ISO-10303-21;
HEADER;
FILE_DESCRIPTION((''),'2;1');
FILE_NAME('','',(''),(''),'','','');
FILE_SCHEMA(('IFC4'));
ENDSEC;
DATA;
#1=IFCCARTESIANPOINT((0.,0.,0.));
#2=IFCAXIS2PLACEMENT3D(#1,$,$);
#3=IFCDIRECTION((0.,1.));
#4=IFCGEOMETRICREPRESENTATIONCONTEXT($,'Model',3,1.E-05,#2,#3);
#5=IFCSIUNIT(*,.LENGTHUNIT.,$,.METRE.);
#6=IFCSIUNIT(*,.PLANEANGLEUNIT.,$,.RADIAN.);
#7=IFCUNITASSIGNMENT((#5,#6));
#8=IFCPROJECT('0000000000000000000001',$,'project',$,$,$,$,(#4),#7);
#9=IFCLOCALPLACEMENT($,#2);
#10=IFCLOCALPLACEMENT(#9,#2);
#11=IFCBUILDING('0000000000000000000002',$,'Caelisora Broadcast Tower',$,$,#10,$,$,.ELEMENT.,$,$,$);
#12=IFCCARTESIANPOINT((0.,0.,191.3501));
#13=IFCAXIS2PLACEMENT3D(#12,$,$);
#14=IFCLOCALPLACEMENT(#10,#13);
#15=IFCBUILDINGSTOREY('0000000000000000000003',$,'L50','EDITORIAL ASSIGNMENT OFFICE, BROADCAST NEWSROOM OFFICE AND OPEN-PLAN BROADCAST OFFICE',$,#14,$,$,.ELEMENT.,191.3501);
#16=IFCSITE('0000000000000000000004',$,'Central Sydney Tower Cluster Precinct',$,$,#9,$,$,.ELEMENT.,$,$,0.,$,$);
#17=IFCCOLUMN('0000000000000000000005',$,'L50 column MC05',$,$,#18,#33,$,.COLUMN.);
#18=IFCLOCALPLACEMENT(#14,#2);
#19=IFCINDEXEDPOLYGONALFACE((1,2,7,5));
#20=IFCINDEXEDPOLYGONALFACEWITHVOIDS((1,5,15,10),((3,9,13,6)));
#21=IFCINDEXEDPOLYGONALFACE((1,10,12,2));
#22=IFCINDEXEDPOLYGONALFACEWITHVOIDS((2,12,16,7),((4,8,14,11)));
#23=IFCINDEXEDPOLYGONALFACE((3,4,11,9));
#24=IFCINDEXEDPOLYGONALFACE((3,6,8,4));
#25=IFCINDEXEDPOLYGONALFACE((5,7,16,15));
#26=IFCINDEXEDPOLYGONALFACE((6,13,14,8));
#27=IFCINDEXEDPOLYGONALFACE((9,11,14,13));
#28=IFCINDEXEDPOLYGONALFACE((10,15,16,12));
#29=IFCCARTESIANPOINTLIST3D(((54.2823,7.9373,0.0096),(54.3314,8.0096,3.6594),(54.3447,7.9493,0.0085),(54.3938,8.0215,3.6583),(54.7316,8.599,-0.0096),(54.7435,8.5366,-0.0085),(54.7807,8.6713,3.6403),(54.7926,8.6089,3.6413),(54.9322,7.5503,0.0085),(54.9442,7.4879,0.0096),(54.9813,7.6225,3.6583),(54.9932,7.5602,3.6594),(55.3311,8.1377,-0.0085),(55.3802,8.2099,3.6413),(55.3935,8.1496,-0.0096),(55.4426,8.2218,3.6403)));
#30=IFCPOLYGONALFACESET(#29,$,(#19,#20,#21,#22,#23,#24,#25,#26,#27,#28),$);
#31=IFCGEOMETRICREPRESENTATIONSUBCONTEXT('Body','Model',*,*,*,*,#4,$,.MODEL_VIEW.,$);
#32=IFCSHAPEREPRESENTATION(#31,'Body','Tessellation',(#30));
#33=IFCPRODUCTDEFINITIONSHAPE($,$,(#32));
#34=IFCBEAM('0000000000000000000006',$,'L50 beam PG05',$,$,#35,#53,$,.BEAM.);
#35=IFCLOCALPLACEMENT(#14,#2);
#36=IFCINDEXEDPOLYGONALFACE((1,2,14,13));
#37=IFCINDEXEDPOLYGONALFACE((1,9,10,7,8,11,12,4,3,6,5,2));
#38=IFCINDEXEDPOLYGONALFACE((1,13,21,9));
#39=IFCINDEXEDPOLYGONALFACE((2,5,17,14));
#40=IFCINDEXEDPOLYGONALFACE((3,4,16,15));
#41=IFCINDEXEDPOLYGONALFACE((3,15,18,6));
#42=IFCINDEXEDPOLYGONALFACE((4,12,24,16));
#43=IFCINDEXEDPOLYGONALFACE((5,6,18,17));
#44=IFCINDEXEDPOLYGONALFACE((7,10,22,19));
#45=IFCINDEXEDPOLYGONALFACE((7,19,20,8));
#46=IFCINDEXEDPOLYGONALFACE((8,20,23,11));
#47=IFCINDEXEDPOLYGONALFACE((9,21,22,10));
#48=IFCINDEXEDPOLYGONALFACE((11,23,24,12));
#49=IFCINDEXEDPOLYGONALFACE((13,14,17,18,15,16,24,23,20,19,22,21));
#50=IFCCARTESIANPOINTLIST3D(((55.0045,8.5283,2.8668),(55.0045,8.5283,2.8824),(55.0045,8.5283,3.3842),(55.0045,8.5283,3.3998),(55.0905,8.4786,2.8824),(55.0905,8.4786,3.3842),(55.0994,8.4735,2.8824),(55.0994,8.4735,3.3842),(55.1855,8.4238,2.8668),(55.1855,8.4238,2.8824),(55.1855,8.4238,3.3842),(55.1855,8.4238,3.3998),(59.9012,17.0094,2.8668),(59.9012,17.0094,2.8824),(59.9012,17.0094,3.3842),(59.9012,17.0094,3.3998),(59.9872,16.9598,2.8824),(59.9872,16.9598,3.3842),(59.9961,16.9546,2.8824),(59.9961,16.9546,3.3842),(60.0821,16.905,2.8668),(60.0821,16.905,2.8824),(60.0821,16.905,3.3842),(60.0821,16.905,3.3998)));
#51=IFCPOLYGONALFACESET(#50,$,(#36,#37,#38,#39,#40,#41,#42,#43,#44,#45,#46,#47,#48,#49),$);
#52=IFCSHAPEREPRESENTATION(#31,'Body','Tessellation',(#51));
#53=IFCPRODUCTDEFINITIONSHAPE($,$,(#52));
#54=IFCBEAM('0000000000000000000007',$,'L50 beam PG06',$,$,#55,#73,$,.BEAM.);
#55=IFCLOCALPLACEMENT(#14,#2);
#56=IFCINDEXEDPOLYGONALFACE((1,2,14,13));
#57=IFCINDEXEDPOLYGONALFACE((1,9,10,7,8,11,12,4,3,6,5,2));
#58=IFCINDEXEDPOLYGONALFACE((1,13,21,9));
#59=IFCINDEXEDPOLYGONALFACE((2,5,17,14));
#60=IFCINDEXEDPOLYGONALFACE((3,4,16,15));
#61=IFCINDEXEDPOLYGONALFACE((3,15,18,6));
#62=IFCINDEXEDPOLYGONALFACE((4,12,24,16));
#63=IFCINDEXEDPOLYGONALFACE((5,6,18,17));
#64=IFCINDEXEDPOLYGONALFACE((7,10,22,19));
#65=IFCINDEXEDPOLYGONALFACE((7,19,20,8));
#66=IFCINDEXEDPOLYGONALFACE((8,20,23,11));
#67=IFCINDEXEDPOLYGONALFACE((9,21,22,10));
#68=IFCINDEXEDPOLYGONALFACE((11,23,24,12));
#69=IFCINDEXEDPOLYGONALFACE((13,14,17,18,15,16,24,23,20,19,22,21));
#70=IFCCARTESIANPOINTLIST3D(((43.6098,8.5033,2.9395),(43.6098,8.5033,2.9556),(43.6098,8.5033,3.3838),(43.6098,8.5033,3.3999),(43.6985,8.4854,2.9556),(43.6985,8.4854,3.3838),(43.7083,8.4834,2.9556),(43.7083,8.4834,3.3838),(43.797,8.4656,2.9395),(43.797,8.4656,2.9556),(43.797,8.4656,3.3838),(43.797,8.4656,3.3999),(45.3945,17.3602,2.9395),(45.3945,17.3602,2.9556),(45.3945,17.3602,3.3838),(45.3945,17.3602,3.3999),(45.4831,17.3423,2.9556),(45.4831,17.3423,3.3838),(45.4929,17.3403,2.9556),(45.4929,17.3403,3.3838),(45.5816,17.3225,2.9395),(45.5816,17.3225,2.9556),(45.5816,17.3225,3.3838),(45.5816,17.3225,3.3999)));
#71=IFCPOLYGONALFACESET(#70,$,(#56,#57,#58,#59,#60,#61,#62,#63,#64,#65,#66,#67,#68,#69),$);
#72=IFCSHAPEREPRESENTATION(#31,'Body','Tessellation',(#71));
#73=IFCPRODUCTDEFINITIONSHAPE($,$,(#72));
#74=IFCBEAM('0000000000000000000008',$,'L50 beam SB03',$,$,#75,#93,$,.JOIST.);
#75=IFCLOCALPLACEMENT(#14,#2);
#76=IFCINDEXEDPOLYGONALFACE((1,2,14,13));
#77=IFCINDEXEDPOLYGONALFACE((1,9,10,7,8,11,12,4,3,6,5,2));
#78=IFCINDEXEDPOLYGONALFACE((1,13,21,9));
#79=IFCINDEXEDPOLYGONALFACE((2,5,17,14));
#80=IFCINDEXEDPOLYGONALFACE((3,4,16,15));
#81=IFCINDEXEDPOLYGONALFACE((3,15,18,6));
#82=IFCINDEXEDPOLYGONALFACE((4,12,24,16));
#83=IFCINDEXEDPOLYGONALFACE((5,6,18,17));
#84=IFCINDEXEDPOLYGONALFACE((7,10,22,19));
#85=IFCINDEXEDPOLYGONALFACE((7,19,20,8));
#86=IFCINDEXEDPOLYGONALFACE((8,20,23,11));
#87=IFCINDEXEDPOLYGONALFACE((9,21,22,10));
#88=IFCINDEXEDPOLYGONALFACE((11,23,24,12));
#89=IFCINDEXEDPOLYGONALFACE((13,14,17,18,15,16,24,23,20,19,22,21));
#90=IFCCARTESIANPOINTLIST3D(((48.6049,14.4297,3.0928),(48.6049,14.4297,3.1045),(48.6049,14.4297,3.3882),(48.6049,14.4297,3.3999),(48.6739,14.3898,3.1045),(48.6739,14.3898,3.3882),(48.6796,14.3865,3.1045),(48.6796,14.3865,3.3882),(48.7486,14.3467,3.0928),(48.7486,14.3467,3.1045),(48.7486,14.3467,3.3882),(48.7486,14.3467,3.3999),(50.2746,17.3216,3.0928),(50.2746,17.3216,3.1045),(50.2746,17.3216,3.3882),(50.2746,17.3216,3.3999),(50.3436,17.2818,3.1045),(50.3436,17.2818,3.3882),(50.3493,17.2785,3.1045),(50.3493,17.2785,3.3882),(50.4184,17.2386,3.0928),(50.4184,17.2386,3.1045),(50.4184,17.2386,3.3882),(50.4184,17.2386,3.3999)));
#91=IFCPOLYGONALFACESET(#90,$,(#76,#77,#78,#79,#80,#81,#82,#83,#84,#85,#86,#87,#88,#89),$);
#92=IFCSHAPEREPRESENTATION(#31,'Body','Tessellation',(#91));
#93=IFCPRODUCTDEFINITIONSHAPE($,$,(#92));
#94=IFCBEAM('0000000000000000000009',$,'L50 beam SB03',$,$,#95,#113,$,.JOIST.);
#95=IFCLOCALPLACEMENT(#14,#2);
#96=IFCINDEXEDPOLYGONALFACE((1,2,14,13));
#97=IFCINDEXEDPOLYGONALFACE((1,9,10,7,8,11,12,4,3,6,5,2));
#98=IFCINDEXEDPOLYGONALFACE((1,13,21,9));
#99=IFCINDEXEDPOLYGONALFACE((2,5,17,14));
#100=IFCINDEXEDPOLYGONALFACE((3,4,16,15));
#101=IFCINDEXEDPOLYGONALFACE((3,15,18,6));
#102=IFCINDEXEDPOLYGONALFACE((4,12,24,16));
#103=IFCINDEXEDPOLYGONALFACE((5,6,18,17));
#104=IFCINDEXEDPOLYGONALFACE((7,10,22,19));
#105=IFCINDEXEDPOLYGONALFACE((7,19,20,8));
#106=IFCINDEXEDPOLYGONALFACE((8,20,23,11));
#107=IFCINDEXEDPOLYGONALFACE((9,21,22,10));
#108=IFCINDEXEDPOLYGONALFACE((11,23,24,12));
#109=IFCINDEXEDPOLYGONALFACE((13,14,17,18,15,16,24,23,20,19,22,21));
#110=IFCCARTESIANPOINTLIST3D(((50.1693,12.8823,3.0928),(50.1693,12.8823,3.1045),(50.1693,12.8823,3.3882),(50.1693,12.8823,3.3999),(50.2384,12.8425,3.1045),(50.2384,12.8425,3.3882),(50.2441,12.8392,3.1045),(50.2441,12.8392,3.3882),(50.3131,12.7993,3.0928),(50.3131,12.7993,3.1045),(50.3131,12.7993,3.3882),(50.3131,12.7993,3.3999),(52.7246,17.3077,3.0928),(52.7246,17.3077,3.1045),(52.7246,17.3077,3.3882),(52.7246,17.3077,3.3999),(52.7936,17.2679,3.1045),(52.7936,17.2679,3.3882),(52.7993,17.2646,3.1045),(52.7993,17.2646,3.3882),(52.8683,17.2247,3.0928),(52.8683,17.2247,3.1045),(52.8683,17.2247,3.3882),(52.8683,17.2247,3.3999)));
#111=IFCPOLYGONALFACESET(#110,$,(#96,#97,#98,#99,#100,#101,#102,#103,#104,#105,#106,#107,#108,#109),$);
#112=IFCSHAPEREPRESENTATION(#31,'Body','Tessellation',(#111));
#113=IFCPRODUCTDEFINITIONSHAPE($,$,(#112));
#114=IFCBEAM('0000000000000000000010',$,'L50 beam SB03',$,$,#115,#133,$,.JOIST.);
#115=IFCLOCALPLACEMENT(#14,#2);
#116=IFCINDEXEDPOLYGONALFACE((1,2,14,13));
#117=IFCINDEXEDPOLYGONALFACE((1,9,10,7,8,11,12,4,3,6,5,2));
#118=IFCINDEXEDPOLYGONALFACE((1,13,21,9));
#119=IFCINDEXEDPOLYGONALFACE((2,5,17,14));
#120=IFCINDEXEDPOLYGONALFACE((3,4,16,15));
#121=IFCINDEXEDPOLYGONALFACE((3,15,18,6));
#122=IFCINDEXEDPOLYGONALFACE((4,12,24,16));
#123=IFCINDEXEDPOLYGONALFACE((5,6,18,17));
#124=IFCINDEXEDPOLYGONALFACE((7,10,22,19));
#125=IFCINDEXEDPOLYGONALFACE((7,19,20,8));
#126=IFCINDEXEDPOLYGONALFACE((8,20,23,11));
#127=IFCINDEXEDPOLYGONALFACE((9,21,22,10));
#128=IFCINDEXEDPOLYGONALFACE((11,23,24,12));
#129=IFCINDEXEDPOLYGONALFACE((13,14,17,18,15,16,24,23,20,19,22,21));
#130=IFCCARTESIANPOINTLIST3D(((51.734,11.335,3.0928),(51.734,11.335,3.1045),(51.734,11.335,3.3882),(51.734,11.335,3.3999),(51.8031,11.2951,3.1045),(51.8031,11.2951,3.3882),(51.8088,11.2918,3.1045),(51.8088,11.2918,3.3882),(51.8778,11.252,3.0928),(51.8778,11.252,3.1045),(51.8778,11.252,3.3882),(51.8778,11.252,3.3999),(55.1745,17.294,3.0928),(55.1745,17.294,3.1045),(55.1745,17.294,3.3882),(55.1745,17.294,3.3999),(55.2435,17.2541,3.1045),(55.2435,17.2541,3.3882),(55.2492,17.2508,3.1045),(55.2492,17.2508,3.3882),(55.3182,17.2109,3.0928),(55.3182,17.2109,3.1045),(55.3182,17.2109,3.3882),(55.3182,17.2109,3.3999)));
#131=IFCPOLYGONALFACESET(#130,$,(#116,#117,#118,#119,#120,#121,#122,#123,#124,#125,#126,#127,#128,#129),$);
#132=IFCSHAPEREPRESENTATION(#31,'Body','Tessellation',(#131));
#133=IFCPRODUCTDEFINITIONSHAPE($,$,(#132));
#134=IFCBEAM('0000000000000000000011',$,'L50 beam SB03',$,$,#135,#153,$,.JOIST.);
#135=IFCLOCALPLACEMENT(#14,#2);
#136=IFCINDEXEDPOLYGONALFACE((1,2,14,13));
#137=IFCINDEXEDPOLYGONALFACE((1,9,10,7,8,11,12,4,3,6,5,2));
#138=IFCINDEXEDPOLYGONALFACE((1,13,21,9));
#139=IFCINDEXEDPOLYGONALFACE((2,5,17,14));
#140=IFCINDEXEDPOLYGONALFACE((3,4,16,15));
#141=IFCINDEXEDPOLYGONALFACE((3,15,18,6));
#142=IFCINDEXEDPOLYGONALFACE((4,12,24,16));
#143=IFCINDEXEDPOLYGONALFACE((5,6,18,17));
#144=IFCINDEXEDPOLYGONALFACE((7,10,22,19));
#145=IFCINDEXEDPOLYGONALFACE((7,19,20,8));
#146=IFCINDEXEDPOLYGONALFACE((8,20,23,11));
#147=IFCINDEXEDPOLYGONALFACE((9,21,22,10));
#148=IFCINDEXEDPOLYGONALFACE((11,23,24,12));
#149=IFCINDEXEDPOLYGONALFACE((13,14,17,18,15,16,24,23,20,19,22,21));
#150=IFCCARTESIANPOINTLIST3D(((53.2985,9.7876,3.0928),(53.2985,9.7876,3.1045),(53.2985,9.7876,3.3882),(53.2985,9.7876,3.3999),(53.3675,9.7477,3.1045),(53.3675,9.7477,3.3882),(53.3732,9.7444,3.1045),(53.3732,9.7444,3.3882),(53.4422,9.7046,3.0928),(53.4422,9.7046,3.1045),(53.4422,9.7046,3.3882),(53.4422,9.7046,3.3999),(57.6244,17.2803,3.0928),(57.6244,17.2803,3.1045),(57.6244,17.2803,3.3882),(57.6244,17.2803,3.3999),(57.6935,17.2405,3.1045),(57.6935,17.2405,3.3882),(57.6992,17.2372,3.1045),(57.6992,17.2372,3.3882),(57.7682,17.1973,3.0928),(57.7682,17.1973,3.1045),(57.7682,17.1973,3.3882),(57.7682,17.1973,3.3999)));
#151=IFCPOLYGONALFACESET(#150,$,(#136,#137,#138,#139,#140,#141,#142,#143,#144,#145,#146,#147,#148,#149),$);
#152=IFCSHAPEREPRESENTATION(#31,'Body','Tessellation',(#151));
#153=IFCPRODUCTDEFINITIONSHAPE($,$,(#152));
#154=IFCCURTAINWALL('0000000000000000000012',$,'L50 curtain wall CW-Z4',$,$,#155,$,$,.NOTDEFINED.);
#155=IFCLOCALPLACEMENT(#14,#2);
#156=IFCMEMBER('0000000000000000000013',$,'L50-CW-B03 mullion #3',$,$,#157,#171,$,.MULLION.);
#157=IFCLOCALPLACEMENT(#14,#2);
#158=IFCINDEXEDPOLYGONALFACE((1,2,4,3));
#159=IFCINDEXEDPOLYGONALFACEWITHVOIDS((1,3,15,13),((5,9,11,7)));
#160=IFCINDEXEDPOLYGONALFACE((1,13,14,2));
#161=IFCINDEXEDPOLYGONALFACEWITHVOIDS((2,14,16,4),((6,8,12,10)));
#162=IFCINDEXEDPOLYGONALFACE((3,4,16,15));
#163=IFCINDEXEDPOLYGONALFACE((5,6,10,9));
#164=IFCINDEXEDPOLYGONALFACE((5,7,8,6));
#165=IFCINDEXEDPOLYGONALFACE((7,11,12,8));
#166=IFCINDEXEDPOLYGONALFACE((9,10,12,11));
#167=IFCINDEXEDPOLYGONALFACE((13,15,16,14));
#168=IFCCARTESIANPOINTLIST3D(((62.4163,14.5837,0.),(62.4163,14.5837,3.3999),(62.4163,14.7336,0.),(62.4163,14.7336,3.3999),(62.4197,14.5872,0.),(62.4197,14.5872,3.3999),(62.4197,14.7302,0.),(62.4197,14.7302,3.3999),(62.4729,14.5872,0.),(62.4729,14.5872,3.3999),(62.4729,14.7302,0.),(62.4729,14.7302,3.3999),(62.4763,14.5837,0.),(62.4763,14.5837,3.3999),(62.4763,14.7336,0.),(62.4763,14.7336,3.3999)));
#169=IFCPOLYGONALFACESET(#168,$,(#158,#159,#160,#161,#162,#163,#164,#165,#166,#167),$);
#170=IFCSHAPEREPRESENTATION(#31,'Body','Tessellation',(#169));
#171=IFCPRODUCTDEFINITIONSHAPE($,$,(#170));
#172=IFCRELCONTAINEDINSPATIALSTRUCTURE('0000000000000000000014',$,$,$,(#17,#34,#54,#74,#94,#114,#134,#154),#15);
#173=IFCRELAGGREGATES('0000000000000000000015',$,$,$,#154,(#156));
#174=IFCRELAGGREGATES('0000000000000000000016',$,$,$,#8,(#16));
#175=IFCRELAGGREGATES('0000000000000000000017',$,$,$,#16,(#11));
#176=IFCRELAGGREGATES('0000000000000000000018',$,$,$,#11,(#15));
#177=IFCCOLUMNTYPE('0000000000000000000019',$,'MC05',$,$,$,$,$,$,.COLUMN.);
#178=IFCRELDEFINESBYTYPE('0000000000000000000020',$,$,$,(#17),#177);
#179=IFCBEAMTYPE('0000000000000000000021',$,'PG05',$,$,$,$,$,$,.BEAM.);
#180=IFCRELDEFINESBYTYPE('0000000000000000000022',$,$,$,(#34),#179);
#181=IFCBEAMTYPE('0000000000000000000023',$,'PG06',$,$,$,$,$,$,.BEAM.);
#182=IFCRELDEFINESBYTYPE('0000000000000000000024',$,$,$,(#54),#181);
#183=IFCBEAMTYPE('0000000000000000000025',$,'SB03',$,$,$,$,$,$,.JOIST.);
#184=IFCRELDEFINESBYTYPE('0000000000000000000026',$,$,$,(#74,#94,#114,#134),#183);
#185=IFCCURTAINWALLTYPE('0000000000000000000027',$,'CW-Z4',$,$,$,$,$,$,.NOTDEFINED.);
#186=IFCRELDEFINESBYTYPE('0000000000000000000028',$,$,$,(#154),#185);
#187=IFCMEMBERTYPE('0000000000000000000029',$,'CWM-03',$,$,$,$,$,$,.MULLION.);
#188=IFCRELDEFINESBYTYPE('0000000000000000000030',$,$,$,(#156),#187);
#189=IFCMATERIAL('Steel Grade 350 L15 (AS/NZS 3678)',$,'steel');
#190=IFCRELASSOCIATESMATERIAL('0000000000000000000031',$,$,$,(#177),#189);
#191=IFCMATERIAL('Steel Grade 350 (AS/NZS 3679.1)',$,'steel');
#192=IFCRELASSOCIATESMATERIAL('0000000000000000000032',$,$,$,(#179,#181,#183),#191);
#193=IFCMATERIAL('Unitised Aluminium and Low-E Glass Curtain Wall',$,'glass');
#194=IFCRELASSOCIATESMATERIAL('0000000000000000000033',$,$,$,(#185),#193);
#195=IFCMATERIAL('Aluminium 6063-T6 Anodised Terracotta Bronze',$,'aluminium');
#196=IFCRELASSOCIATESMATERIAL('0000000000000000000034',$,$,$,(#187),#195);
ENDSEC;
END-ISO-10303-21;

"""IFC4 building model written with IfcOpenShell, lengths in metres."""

from ifc_helpers import new_model, si_unit, direction, frame, origin, origin_2d, place, context, subcontext, project, spatial, hollow_rectangle, i_section, extrude, source, transform, mapped, material, material_profile, profile_set, type_object, type_shapes, element, aggregate, save


model = new_model("IFC4")

# Units and contexts
model_context = context("Model", 3, precision=1e-05, world=origin(), true_north=direction((0.0, 1.0)))
body_context = subcontext(model_context, "Body", "Model", "MODEL_VIEW")
ifc_project = project(units=[si_unit("LENGTHUNIT", "METRE"), si_unit("PLANEANGLEUNIT", "RADIAN")], contexts=[model_context])

# Site, building, storey
site_placement = place(None, origin())
site = spatial("IfcSite", under=ifc_project, at=site_placement, Name="Central Sydney Tower Cluster Precinct", CompositionType="ELEMENT", RefElevation=0.0)
building_placement = place(site_placement, origin())
building = spatial("IfcBuilding", under=site, at=building_placement, Name="Caelisora Broadcast Tower", CompositionType="ELEMENT")
storey_placement = place(building_placement, frame((0.0, 0.0, 191.3501)))
storey = spatial("IfcBuildingStorey", under=building, at=storey_placement, Name="L50", Description="EDITORIAL ASSIGNMENT OFFICE, BROADCAST NEWSROOM OFFICE AND OPEN-PLAN BROADCAST OFFICE", CompositionType="ELEMENT", Elevation=191.3501)

# Column
ifc_material_1 = material(Name="Steel Grade 350 L15 (AS/NZS 3678)", Category="steel")
ifc_material_profile_1 = material_profile(ifc_material_1, hollow_rectangle(XDim=0.8, YDim=0.8, WallThickness=0.0449, at=origin_2d()), Name="Steel Grade 350 L15 (AS/NZS 3678)")
ifc_profile_set_1 = profile_set([ifc_material_profile_1], Name="Steel Grade 350 L15 (AS/NZS 3678)")
column_type = type_object("IfcColumnType", Name="MC05", PredefinedType="COLUMN", material=ifc_profile_set_1)
shared_shape_1 = source(origin(), body_context, "Body", "SweptSolid", [
    extrude(hollow_rectangle(XDim=0.8, YDim=0.8, WallThickness=0.0449, at=origin_2d()), origin(), (0.0, 0.0, 1.0), 3.6509),
])
type_shapes(column_type, [shared_shape_1])
column_placement = place(storey_placement, frame((54.8379, 8.0435, 0.0), z_axis=(0.013441, 0.019794, 0.999714), x_axis=(-0.82729, 0.561775, 0.0)))
element("IfcColumn", 1, at=column_placement, inside=storey, type_object=column_type, Name="L50 column MC05", PredefinedType="COLUMN", context=body_context, shape_type="MappedRepresentation", body=[
    mapped(shared_shape_1, transform((0.0, 0.0, 0.0), scale=1.0)),
])

# Beams
ifc_material_2 = material(Name="Steel Grade 350 (AS/NZS 3679.1)", Category="steel")
ifc_material_profile_2 = material_profile(ifc_material_2, i_section(OverallWidth=0.209, OverallDepth=0.533, WebThickness=0.0103, FlangeThickness=0.0156, at=origin_2d()), Name="Steel Grade 350 (AS/NZS 3679.1)")
ifc_profile_set_2 = profile_set([ifc_material_profile_2], Name="Steel Grade 350 (AS/NZS 3679.1)")
beam_type_1 = type_object("IfcBeamType", Name="PG05", PredefinedType="BEAM", material=ifc_profile_set_2)
shared_shape_2 = source(origin(), body_context, "Body", "SweptSolid", [
    extrude(i_section(OverallWidth=0.209, OverallDepth=0.533, WebThickness=0.0103, FlangeThickness=0.0156, at=origin_2d()), origin(), (0.0, 0.0, 1.0), 9.7932),
])
type_shapes(beam_type_1, [shared_shape_2])
beam_1_placement = place(storey_placement, frame((55.095, 8.4761, 3.1333), z_axis=(0.500008, 0.866021, 0.0), x_axis=(-0.866021, 0.500008, 0.0)))
element("IfcBeam", 2, at=beam_1_placement, inside=storey, type_object=beam_type_1, Name="L50 beam PG05", PredefinedType="BEAM", context=body_context, shape_type="MappedRepresentation", body=[
    mapped(shared_shape_2, transform((0.0, 0.0, 0.0), scale=1.0)),
])
ifc_material_profile_3 = material_profile(ifc_material_2, i_section(OverallWidth=0.1909, OverallDepth=0.4604, WebThickness=0.01, FlangeThickness=0.0161, at=origin_2d()), Name="Steel Grade 350 (AS/NZS 3679.1)")
ifc_profile_set_3 = profile_set([ifc_material_profile_3], Name="Steel Grade 350 (AS/NZS 3679.1)")
beam_type_2 = type_object("IfcBeamType", Name="PG06", PredefinedType="BEAM", material=ifc_profile_set_3)
shared_shape_3 = source(origin(), body_context, "Body", "SweptSolid", [
    extrude(i_section(OverallWidth=0.1909, OverallDepth=0.4604, WebThickness=0.01, FlangeThickness=0.0161, at=origin_2d()), origin(), (0.0, 0.0, 1.0), 9.0349),
])
type_shapes(beam_type_2, [shared_shape_3])
beam_2_placement = place(storey_placement, frame((45.488, 17.3413, 3.1697), z_axis=(-0.197529, -0.980297, 0.0), x_axis=(0.980297, -0.197529, 0.0)))
element("IfcBeam", 3, at=beam_2_placement, inside=storey, type_object=beam_type_2, Name="L50 beam PG06", PredefinedType="BEAM", context=body_context, shape_type="MappedRepresentation", body=[
    mapped(shared_shape_3, transform((0.0, 0.0, 0.0), scale=1.0)),
])
ifc_material_profile_4 = material_profile(ifc_material_2, i_section(OverallWidth=0.166, OverallDepth=0.3071, WebThickness=0.0066, FlangeThickness=0.0117, at=origin_2d()), Name="Steel Grade 350 (AS/NZS 3679.1)")
ifc_profile_set_4 = profile_set([ifc_material_profile_4], Name="Steel Grade 350 (AS/NZS 3679.1)")
beam_type_3 = type_object("IfcBeamType", Name="SB03", PredefinedType="JOIST", material=ifc_profile_set_4)
shared_shape_4 = source(origin(), body_context, "Body", "SweptSolid", [
    extrude(i_section(OverallWidth=0.166, OverallDepth=0.3071, WebThickness=0.0066, FlangeThickness=0.0117, at=origin_2d()), origin(), (0.0, 0.0, 1.0), 3.3394),
])
beam_3_placement = place(storey_placement, frame((48.6768, 14.3882, 3.2463), z_axis=(0.500016, 0.866016, 0.0), x_axis=(-0.866016, 0.500016, 0.0)))
element("IfcBeam", 4, at=beam_3_placement, inside=storey, type_object=beam_type_3, Name="L50 beam SB03", PredefinedType="JOIST", context=body_context, shape_type="MappedRepresentation", body=[
    mapped(shared_shape_4, transform((0.0, 0.0, 0.0), scale=1.0)),
])
shared_shape_5 = source(origin(), body_context, "Body", "SweptSolid", [
    extrude(i_section(OverallWidth=0.166, OverallDepth=0.3071, WebThickness=0.0066, FlangeThickness=0.0117, at=origin_2d()), origin(), (0.0, 0.0, 1.0), 5.1101),
])
beam_4_placement = place(storey_placement, frame((50.2412, 12.8408, 3.2463), z_axis=(0.500034, 0.866006, 0.0), x_axis=(-0.866006, 0.500034, 0.0)))
element("IfcBeam", 5, at=beam_4_placement, inside=storey, type_object=beam_type_3, Name="L50 beam SB03", PredefinedType="JOIST", context=body_context, shape_type="MappedRepresentation", body=[
    mapped(shared_shape_5, transform((0.0, 0.0, 0.0), scale=1.0)),
])
shared_shape_6 = source(origin(), body_context, "Body", "SweptSolid", [
    extrude(i_section(OverallWidth=0.166, OverallDepth=0.3071, WebThickness=0.0066, FlangeThickness=0.0117, at=origin_2d()), origin(), (0.0, 0.0, 1.0), 6.8809),
])
beam_5_placement = place(storey_placement, frame((51.8059, 11.2935, 3.2463), z_axis=(0.500001, 0.866025, 0.0), x_axis=(-0.866025, 0.500001, 0.0)))
element("IfcBeam", 6, at=beam_5_placement, inside=storey, type_object=beam_type_3, Name="L50 beam SB03", PredefinedType="JOIST", context=body_context, shape_type="MappedRepresentation", body=[
    mapped(shared_shape_6, transform((0.0, 0.0, 0.0), scale=1.0)),
])
shared_shape_7 = source(origin(), body_context, "Body", "SweptSolid", [
    extrude(i_section(OverallWidth=0.166, OverallDepth=0.3071, WebThickness=0.0066, FlangeThickness=0.0117, at=origin_2d()), origin(), (0.0, 0.0, 1.0), 8.6519),
])
type_shapes(beam_type_3, [shared_shape_4, shared_shape_5, shared_shape_6, shared_shape_7])
beam_6_placement = place(storey_placement, frame((53.3704, 9.7461, 3.2463), z_axis=(0.500003, 0.866024, 0.0), x_axis=(-0.866024, 0.500003, 0.0)))
element("IfcBeam", 7, at=beam_6_placement, inside=storey, type_object=beam_type_3, Name="L50 beam SB03", PredefinedType="JOIST", context=body_context, shape_type="MappedRepresentation", body=[
    mapped(shared_shape_7, transform((0.0, 0.0, 0.0), scale=1.0)),
])

# Curtain wall, member
ifc_material_3 = material(Name="Unitised Aluminium and Low-E Glass Curtain Wall", Category="glass")
curtain_wall_type = type_object("IfcCurtainWallType", Name="CW-Z4", PredefinedType="NOTDEFINED", material=ifc_material_3)
curtain_wall_1_placement = place(storey_placement, origin())
curtain_wall_1 = element("IfcCurtainWall", 8, at=curtain_wall_1_placement, inside=storey, type_object=curtain_wall_type, Name="L50 curtain wall CW-Z4", PredefinedType="NOTDEFINED")
ifc_material_4 = material(Name="Aluminium 6063-T6 Anodised Terracotta Bronze", Category="aluminium")
ifc_material_profile_5 = material_profile(ifc_material_4, hollow_rectangle(XDim=0.0601, YDim=0.1499, WallThickness=0.0034, at=origin_2d()), Name="Aluminium 6063-T6 Anodised Terracotta Bronze")
ifc_profile_set_5 = profile_set([ifc_material_profile_5], Name="Aluminium 6063-T6 Anodised Terracotta Bronze")
member_type_1 = type_object("IfcMemberType", Name="CWM-03", PredefinedType="MULLION", material=ifc_profile_set_5)
shared_shape_8 = source(origin(), body_context, "Body", "SweptSolid", [
    extrude(hollow_rectangle(XDim=0.0601, YDim=0.1499, WallThickness=0.0034, at=origin_2d()), origin(), (0.0, 0.0, 1.0), 3.3999),
])
type_shapes(member_type_1, [shared_shape_8])
member_1_placement = place(storey_placement, frame((62.4463, 14.6587, 0.0), z_axis=(0.0, 0.0, 1.0), x_axis=(1.0, 0.0, 0.0)))
member_1 = element("IfcMember", 9, at=member_1_placement, type_object=member_type_1, Name="L50-CW-B03 mullion #3", PredefinedType="MULLION", context=body_context, shape_type="MappedRepresentation", body=[
    mapped(shared_shape_8, transform((0.0, 0.0, 0.0), scale=1.0)),
])

aggregate(curtain_wall_1, [member_1])

save(model, "model.ifc")
